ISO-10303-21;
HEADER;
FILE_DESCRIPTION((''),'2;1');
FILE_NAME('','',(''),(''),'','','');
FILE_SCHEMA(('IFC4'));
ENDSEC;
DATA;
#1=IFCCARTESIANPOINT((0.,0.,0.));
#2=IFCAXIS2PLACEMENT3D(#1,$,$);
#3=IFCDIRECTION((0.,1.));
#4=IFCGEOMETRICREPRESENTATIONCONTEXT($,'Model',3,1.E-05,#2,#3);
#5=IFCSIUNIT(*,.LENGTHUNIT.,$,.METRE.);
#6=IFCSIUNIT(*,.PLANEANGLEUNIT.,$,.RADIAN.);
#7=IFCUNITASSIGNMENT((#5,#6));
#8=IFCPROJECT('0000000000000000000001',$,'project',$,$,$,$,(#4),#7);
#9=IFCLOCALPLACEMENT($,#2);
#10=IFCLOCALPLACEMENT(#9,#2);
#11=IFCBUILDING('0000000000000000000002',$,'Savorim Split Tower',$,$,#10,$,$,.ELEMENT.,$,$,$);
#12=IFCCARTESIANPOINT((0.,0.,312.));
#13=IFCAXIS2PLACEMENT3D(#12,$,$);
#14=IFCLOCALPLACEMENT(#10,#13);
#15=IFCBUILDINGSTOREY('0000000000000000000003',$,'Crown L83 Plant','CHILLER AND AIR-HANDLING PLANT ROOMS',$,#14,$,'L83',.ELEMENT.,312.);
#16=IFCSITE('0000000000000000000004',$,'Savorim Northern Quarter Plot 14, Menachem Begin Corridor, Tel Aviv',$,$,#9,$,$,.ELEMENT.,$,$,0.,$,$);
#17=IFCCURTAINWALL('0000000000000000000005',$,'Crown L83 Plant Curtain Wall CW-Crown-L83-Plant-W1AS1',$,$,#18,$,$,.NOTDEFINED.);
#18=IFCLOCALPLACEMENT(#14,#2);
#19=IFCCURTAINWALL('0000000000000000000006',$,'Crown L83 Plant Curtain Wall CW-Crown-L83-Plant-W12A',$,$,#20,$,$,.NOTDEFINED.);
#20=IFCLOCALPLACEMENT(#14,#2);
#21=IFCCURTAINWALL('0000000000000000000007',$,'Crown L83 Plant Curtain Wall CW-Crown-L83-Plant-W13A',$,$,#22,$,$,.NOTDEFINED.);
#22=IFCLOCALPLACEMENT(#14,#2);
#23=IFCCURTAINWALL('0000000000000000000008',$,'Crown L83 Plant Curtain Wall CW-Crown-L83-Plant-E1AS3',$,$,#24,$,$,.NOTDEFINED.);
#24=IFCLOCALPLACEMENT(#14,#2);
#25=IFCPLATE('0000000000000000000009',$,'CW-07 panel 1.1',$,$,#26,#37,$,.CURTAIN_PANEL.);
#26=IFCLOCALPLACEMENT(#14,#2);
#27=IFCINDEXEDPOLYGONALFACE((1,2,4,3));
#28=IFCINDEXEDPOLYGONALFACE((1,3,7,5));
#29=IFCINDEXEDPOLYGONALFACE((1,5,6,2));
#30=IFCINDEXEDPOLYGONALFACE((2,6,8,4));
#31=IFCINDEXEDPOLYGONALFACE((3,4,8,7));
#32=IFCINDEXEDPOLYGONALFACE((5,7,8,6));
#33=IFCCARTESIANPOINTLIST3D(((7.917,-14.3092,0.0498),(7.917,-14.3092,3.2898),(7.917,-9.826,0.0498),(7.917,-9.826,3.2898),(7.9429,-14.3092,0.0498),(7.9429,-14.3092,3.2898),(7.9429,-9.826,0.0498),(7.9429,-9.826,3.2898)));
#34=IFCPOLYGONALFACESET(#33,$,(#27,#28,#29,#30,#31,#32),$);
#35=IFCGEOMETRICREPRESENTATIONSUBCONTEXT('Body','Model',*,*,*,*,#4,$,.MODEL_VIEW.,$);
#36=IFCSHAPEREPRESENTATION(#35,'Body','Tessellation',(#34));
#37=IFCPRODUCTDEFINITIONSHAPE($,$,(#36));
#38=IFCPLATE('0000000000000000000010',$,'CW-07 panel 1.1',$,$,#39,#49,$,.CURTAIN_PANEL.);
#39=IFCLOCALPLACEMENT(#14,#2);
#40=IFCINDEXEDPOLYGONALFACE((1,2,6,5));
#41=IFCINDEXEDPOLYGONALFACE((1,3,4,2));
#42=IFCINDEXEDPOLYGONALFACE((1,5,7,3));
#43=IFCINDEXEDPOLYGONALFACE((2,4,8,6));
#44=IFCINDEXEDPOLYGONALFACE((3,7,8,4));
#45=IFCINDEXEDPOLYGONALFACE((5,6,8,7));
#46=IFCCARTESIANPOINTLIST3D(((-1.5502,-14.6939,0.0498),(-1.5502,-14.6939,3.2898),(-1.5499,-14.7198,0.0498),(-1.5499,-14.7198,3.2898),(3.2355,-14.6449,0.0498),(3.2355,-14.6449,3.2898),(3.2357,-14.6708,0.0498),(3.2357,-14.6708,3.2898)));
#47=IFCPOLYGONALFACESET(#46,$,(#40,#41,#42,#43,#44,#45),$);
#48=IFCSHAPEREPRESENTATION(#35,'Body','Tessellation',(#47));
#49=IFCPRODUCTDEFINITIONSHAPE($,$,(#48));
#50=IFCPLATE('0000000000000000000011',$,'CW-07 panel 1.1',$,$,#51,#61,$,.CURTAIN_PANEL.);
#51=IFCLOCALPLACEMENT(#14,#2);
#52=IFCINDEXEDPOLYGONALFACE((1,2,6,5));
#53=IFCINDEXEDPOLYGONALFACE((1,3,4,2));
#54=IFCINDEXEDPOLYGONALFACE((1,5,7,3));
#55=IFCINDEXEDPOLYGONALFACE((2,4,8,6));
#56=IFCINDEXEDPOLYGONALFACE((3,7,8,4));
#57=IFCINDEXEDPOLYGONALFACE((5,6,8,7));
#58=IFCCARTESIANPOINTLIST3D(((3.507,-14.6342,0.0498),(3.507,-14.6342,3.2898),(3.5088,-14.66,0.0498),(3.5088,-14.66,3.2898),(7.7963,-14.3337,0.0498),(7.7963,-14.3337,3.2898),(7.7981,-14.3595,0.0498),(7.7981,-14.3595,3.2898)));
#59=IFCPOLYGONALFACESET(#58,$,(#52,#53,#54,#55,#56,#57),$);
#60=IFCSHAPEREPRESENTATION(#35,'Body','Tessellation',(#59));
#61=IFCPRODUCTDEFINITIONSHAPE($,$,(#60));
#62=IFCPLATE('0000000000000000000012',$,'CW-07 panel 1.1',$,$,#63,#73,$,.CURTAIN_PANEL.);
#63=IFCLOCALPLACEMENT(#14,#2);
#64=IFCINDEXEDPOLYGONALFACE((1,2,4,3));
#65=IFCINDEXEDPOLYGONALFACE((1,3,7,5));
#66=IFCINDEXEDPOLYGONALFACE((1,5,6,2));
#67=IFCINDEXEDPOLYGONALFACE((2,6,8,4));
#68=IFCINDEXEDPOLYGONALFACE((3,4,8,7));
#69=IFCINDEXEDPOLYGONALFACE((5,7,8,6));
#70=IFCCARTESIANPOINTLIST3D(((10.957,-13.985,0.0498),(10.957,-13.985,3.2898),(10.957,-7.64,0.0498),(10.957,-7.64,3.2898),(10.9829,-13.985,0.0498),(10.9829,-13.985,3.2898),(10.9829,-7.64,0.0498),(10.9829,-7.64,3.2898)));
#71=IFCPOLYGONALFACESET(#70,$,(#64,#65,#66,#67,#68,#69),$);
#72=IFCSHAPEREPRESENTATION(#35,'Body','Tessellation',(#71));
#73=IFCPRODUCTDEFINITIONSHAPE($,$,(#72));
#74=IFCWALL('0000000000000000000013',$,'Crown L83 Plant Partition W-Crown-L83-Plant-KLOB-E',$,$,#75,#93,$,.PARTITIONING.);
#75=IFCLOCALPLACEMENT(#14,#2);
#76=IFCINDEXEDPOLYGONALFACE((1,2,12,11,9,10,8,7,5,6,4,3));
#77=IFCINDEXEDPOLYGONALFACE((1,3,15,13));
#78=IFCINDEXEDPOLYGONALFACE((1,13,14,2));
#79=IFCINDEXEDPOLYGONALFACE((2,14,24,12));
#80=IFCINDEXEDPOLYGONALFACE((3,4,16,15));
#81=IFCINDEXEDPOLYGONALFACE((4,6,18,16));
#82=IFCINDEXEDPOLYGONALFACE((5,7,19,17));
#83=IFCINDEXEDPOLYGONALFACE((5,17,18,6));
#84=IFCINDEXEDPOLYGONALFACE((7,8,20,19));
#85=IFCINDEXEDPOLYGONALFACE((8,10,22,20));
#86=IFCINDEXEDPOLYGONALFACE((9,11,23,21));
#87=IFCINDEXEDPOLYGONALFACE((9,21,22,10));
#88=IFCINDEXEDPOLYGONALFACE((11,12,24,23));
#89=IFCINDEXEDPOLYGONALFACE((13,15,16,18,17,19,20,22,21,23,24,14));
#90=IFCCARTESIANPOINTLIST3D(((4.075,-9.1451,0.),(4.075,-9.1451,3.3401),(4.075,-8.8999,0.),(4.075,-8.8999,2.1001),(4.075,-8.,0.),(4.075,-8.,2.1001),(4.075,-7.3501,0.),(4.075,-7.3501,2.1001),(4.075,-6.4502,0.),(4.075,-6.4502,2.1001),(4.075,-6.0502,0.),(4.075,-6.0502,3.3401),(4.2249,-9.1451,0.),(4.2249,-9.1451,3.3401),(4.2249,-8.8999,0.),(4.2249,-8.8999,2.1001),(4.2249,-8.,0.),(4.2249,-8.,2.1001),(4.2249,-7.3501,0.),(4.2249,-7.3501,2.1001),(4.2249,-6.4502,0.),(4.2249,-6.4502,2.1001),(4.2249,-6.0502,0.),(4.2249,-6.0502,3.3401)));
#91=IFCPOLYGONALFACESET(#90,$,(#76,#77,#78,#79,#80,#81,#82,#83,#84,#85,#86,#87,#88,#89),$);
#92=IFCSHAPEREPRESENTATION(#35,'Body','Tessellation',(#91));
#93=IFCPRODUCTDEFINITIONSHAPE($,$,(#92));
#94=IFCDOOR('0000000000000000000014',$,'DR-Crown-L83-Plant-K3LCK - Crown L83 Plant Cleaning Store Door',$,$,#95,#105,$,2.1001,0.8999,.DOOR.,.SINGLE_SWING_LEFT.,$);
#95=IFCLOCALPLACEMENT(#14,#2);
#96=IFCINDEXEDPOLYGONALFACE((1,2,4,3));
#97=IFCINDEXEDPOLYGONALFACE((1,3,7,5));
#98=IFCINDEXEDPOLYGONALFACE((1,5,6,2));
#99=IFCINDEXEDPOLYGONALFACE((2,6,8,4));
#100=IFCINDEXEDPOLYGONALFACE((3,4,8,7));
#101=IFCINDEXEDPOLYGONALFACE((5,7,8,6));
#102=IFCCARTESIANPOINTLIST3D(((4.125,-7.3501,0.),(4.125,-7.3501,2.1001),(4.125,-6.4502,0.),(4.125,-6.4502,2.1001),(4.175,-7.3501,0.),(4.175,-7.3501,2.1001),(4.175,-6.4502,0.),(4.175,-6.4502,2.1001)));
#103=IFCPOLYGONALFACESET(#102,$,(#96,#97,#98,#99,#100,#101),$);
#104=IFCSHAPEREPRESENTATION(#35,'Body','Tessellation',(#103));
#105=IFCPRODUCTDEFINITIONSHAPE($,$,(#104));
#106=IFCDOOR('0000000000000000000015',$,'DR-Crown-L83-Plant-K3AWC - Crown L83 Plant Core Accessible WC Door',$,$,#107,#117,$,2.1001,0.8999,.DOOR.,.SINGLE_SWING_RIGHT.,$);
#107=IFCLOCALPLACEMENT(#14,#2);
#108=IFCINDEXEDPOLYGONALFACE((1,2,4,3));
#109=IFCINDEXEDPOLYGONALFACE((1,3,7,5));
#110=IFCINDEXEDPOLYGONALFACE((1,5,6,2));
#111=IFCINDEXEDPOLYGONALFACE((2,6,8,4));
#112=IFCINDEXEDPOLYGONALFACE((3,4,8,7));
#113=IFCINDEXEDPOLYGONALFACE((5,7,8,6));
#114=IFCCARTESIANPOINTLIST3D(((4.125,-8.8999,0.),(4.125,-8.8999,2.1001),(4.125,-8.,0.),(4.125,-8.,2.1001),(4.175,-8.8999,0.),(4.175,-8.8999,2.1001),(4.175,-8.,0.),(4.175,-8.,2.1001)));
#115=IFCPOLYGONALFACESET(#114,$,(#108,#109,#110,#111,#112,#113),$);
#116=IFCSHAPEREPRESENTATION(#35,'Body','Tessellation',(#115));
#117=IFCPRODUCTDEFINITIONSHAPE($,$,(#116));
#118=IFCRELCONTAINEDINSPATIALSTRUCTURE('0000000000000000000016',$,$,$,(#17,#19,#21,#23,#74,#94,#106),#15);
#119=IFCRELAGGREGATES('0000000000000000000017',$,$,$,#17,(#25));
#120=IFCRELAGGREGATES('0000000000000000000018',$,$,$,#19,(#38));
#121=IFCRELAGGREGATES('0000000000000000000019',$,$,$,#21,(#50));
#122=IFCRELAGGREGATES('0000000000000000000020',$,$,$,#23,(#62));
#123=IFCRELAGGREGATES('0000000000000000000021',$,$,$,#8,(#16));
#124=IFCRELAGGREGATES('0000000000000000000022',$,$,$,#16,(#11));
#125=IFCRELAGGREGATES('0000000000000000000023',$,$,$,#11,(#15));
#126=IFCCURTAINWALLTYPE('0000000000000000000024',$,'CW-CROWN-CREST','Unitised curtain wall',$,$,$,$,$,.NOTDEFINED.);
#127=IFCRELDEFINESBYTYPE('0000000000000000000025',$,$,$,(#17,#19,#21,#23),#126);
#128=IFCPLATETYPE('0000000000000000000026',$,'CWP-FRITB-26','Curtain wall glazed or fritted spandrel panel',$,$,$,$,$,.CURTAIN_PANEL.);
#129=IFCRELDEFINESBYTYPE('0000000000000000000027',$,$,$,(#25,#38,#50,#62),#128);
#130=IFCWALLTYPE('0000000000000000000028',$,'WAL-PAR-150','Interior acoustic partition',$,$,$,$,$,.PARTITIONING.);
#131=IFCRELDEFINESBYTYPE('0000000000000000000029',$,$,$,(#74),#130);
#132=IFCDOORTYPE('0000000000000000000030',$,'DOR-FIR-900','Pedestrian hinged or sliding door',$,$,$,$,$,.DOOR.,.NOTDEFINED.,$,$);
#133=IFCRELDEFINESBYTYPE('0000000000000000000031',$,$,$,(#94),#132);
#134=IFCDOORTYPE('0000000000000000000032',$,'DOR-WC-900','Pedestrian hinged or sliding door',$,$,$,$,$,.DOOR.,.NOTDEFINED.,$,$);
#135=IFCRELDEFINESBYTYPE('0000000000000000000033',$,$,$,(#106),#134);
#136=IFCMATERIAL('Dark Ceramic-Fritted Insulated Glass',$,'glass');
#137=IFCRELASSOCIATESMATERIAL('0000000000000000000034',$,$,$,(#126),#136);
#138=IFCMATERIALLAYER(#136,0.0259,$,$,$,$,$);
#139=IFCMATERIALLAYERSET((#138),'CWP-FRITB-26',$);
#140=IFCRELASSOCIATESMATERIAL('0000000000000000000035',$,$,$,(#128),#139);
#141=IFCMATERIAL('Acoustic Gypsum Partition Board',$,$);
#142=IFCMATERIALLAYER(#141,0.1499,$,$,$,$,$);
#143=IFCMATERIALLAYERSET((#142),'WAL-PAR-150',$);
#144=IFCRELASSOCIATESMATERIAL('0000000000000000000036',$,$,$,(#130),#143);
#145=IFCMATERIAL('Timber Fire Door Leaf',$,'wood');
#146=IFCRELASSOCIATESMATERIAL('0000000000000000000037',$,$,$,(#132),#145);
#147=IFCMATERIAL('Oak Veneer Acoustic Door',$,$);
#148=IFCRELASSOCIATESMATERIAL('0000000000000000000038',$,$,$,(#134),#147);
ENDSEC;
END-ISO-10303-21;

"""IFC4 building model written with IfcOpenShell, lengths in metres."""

from ifc_helpers import new_model, si_unit, direction, frame, frame_2d, origin, origin_2d, place, context, subcontext, project, spatial, rectangle, extrude, material, layer, layer_set, type_object, element, fill, aggregate, save


model = new_model("IFC4")

# Units and contexts
model_context = context("Model", 3, precision=1e-05, world=origin(), true_north=direction((0.0, 1.0)))
body_context = subcontext(model_context, "Body", "Model", "MODEL_VIEW")
ifc_project = project(units=[si_unit("LENGTHUNIT", "METRE"), si_unit("PLANEANGLEUNIT", "RADIAN")], contexts=[model_context])

# Site, building, storey
site_placement = place(None, origin())
site = spatial("IfcSite", under=ifc_project, at=site_placement, Name="Savorim Northern Quarter Plot 14, Menachem Begin Corridor, Tel Aviv", CompositionType="ELEMENT", RefElevation=0.0)
building_placement = place(site_placement, origin())
building = spatial("IfcBuilding", under=site, at=building_placement, Name="Savorim Split Tower", CompositionType="ELEMENT")
storey_placement = place(building_placement, frame((0.0, 0.0, 312.0)))
storey = spatial("IfcBuildingStorey", under=building, at=storey_placement, Name="Crown L83 Plant", Description="CHILLER AND AIR-HANDLING PLANT ROOMS", LongName="L83", CompositionType="ELEMENT", Elevation=312.0)

# Curtain wall
ifc_material_1 = material(Name="Dark Ceramic-Fritted Insulated Glass", Category="glass")
curtain_wall_type = type_object("IfcCurtainWallType", Name="CW-CROWN-CREST", Description="Unitised curtain wall", PredefinedType="NOTDEFINED", material=ifc_material_1)
curtain_wall_1_placement = place(storey_placement, origin())
curtain_wall_1 = element("IfcCurtainWall", 1, at=curtain_wall_1_placement, inside=storey, type_object=curtain_wall_type, Name="Crown L83 Plant Curtain Wall CW-Crown-L83-Plant-W1AS1", PredefinedType="NOTDEFINED")

# Curtain wall
curtain_wall_2_placement = place(storey_placement, origin())
curtain_wall_2 = element("IfcCurtainWall", 2, at=curtain_wall_2_placement, inside=storey, type_object=curtain_wall_type, Name="Crown L83 Plant Curtain Wall CW-Crown-L83-Plant-W12A", PredefinedType="NOTDEFINED")

# Curtain wall
curtain_wall_3_placement = place(storey_placement, origin())
curtain_wall_3 = element("IfcCurtainWall", 3, at=curtain_wall_3_placement, inside=storey, type_object=curtain_wall_type, Name="Crown L83 Plant Curtain Wall CW-Crown-L83-Plant-W13A", PredefinedType="NOTDEFINED")

# Curtain wall
curtain_wall_4_placement = place(storey_placement, origin())
curtain_wall_4 = element("IfcCurtainWall", 4, at=curtain_wall_4_placement, inside=storey, type_object=curtain_wall_type, Name="Crown L83 Plant Curtain Wall CW-Crown-L83-Plant-E1AS3", PredefinedType="NOTDEFINED")

# Plates
ifc_layer_1 = layer(ifc_material_1, 0.0259)
ifc_layer_set_1 = layer_set([ifc_layer_1], Name="CWP-FRITB-26")
plate_type = type_object("IfcPlateType", Name="CWP-FRITB-26", Description="Curtain wall glazed or fritted spandrel panel", PredefinedType="CURTAIN_PANEL", material=ifc_layer_set_1)
plate_1_placement = place(storey_placement, frame((7.9299, -12.0676, 0.0498), z_axis=(0.0, 0.0, 1.0), x_axis=(0.0, 1.0, 0.0)))
plate_1 = element("IfcPlate", 5, at=plate_1_placement, type_object=plate_type, Name="CW-07 panel 1.1", PredefinedType="CURTAIN_PANEL", context=body_context, shape_type="SweptSolid", body=[
    extrude(rectangle(XDim=4.4832, YDim=0.0259, at=origin_2d()), origin(), (0.0, 0.0, 1.0), 3.24),
])
aggregate(curtain_wall_1, [plate_1])
plate_2_placement = place(storey_placement, frame((0.8428, -14.6824, 0.0498), z_axis=(0.0, 0.0, 1.0), x_axis=(0.999948, 0.010233, 0.0)))
plate_2 = element("IfcPlate", 6, at=plate_2_placement, type_object=plate_type, Name="CW-07 panel 1.1", PredefinedType="CURTAIN_PANEL", context=body_context, shape_type="SweptSolid", body=[
    extrude(rectangle(XDim=4.7859, YDim=0.0259, at=origin_2d()), origin(), (0.0, 0.0, 1.0), 3.24),
])
aggregate(curtain_wall_2, [plate_2])
plate_3_placement = place(storey_placement, frame((5.6526, -14.4968, 0.0498), z_axis=(0.0, 0.0, 1.0), x_axis=(0.997555, 0.069891, 0.0)))
plate_3 = element("IfcPlate", 7, at=plate_3_placement, type_object=plate_type, Name="CW-07 panel 1.1", PredefinedType="CURTAIN_PANEL", context=body_context, shape_type="SweptSolid", body=[
    extrude(rectangle(XDim=4.2998, YDim=0.0259, at=origin_2d()), origin(), (0.0, 0.0, 1.0), 3.24),
])
aggregate(curtain_wall_3, [plate_3])
plate_4_placement = place(storey_placement, frame((10.97, -10.8125, 0.0498), z_axis=(0.0, 0.0, 1.0), x_axis=(0.0, -1.0, 0.0)))
plate_4 = element("IfcPlate", 8, at=plate_4_placement, type_object=plate_type, Name="CW-07 panel 1.1", PredefinedType="CURTAIN_PANEL", context=body_context, shape_type="SweptSolid", body=[
    extrude(rectangle(XDim=6.345, YDim=0.0259, at=origin_2d()), origin(), (0.0, 0.0, 1.0), 3.24),
])
aggregate(curtain_wall_4, [plate_4])

# Wall, openings, doors
ifc_material_2 = material(Name="Acoustic Gypsum Partition Board")
ifc_layer_2 = layer(ifc_material_2, 0.1499)
ifc_layer_set_2 = layer_set([ifc_layer_2], Name="WAL-PAR-150")
wall_type = type_object("IfcWallType", Name="WAL-PAR-150", Description="Interior acoustic partition", PredefinedType="PARTITIONING", material=ifc_layer_set_2)
wall_placement = place(storey_placement, frame((4.1499, -9.145, 0.0), z_axis=(0.0, 0.0, 1.0), x_axis=(0.0, 1.0, 0.0)))
wall = element("IfcWall", 9, at=wall_placement, inside=storey, type_object=wall_type, Name="Crown L83 Plant Partition W-Crown-L83-Plant-KLOB-E", PredefinedType="PARTITIONING", context=body_context, shape_type="SweptSolid", body=[
    extrude(rectangle(XDim=3.095, YDim=0.1499, at=frame_2d((1.5474, 0.0))), origin(), (0.0, 0.0, 1.0), 3.3401),
])
opening_1_placement = place(wall_placement, frame((0.2451, 0.0, 0.0)))
opening_1 = element("IfcOpeningElement", 10, at=opening_1_placement, cuts=wall, PredefinedType="OPENING", context=body_context, shape_type="SweptSolid", body=[
    extrude(rectangle(XDim=0.8999, YDim=2.1001, at=frame_2d((0.45, 1.05))), frame((0.0, 0.085, 0.0), z_axis=(0.0, -1.0, 0.0), x_axis=(1.0, 0.0, 0.0)), (0.0, 0.0, 1.0), 0.1699),
])
opening_2_placement = place(wall_placement, frame((1.7949, 0.0, 0.0)))
opening_2 = element("IfcOpeningElement", 11, at=opening_2_placement, cuts=wall, PredefinedType="OPENING", context=body_context, shape_type="SweptSolid", body=[
    extrude(rectangle(XDim=0.8999, YDim=2.1001, at=frame_2d((0.45, 1.05))), frame((0.0, 0.085, 0.0), z_axis=(0.0, -1.0, 0.0), x_axis=(1.0, 0.0, 0.0)), (0.0, 0.0, 1.0), 0.1699),
])
ifc_material_3 = material(Name="Timber Fire Door Leaf", Category="wood")
door_type_1 = type_object("IfcDoorType", Name="DOR-FIR-900", Description="Pedestrian hinged or sliding door", OperationType="NOTDEFINED", PredefinedType="DOOR", material=ifc_material_3)
door_1_placement = place(opening_2_placement, origin())
door_1 = element("IfcDoor", 12, at=door_1_placement, inside=storey, type_object=door_type_1, Name="DR-Crown-L83-Plant-K3LCK - Crown L83 Plant Cleaning Store Door", OperationType="SINGLE_SWING_LEFT", OverallHeight=2.1001, OverallWidth=0.8999, PredefinedType="DOOR", context=body_context, shape_type="SweptSolid", body=[
    extrude(rectangle(XDim=0.8999, YDim=2.1001, at=frame_2d((0.45, 1.05))), frame((0.0, 0.0249, 0.0), z_axis=(0.0, -1.0, 0.0), x_axis=(1.0, 0.0, 0.0)), (0.0, 0.0, 1.0), 0.05),
])
fill(opening_2, door_1)
ifc_material_4 = material(Name="Oak Veneer Acoustic Door")
door_type_2 = type_object("IfcDoorType", Name="DOR-WC-900", Description="Pedestrian hinged or sliding door", OperationType="NOTDEFINED", PredefinedType="DOOR", material=ifc_material_4)
door_2_placement = place(opening_1_placement, origin())
door_2 = element("IfcDoor", 13, at=door_2_placement, inside=storey, type_object=door_type_2, Name="DR-Crown-L83-Plant-K3AWC - Crown L83 Plant Core Accessible WC Door", OperationType="SINGLE_SWING_RIGHT", OverallHeight=2.1001, OverallWidth=0.8999, PredefinedType="DOOR", context=body_context, shape_type="SweptSolid", body=[
    extrude(rectangle(XDim=0.8999, YDim=2.1001, at=frame_2d((0.45, 1.05))), frame((0.0, 0.0249, 0.0), z_axis=(0.0, -1.0, 0.0), x_axis=(1.0, 0.0, 0.0)), (0.0, 0.0, 1.0), 0.05),
])
fill(opening_1, door_2)

save(model, "model.ifc")
